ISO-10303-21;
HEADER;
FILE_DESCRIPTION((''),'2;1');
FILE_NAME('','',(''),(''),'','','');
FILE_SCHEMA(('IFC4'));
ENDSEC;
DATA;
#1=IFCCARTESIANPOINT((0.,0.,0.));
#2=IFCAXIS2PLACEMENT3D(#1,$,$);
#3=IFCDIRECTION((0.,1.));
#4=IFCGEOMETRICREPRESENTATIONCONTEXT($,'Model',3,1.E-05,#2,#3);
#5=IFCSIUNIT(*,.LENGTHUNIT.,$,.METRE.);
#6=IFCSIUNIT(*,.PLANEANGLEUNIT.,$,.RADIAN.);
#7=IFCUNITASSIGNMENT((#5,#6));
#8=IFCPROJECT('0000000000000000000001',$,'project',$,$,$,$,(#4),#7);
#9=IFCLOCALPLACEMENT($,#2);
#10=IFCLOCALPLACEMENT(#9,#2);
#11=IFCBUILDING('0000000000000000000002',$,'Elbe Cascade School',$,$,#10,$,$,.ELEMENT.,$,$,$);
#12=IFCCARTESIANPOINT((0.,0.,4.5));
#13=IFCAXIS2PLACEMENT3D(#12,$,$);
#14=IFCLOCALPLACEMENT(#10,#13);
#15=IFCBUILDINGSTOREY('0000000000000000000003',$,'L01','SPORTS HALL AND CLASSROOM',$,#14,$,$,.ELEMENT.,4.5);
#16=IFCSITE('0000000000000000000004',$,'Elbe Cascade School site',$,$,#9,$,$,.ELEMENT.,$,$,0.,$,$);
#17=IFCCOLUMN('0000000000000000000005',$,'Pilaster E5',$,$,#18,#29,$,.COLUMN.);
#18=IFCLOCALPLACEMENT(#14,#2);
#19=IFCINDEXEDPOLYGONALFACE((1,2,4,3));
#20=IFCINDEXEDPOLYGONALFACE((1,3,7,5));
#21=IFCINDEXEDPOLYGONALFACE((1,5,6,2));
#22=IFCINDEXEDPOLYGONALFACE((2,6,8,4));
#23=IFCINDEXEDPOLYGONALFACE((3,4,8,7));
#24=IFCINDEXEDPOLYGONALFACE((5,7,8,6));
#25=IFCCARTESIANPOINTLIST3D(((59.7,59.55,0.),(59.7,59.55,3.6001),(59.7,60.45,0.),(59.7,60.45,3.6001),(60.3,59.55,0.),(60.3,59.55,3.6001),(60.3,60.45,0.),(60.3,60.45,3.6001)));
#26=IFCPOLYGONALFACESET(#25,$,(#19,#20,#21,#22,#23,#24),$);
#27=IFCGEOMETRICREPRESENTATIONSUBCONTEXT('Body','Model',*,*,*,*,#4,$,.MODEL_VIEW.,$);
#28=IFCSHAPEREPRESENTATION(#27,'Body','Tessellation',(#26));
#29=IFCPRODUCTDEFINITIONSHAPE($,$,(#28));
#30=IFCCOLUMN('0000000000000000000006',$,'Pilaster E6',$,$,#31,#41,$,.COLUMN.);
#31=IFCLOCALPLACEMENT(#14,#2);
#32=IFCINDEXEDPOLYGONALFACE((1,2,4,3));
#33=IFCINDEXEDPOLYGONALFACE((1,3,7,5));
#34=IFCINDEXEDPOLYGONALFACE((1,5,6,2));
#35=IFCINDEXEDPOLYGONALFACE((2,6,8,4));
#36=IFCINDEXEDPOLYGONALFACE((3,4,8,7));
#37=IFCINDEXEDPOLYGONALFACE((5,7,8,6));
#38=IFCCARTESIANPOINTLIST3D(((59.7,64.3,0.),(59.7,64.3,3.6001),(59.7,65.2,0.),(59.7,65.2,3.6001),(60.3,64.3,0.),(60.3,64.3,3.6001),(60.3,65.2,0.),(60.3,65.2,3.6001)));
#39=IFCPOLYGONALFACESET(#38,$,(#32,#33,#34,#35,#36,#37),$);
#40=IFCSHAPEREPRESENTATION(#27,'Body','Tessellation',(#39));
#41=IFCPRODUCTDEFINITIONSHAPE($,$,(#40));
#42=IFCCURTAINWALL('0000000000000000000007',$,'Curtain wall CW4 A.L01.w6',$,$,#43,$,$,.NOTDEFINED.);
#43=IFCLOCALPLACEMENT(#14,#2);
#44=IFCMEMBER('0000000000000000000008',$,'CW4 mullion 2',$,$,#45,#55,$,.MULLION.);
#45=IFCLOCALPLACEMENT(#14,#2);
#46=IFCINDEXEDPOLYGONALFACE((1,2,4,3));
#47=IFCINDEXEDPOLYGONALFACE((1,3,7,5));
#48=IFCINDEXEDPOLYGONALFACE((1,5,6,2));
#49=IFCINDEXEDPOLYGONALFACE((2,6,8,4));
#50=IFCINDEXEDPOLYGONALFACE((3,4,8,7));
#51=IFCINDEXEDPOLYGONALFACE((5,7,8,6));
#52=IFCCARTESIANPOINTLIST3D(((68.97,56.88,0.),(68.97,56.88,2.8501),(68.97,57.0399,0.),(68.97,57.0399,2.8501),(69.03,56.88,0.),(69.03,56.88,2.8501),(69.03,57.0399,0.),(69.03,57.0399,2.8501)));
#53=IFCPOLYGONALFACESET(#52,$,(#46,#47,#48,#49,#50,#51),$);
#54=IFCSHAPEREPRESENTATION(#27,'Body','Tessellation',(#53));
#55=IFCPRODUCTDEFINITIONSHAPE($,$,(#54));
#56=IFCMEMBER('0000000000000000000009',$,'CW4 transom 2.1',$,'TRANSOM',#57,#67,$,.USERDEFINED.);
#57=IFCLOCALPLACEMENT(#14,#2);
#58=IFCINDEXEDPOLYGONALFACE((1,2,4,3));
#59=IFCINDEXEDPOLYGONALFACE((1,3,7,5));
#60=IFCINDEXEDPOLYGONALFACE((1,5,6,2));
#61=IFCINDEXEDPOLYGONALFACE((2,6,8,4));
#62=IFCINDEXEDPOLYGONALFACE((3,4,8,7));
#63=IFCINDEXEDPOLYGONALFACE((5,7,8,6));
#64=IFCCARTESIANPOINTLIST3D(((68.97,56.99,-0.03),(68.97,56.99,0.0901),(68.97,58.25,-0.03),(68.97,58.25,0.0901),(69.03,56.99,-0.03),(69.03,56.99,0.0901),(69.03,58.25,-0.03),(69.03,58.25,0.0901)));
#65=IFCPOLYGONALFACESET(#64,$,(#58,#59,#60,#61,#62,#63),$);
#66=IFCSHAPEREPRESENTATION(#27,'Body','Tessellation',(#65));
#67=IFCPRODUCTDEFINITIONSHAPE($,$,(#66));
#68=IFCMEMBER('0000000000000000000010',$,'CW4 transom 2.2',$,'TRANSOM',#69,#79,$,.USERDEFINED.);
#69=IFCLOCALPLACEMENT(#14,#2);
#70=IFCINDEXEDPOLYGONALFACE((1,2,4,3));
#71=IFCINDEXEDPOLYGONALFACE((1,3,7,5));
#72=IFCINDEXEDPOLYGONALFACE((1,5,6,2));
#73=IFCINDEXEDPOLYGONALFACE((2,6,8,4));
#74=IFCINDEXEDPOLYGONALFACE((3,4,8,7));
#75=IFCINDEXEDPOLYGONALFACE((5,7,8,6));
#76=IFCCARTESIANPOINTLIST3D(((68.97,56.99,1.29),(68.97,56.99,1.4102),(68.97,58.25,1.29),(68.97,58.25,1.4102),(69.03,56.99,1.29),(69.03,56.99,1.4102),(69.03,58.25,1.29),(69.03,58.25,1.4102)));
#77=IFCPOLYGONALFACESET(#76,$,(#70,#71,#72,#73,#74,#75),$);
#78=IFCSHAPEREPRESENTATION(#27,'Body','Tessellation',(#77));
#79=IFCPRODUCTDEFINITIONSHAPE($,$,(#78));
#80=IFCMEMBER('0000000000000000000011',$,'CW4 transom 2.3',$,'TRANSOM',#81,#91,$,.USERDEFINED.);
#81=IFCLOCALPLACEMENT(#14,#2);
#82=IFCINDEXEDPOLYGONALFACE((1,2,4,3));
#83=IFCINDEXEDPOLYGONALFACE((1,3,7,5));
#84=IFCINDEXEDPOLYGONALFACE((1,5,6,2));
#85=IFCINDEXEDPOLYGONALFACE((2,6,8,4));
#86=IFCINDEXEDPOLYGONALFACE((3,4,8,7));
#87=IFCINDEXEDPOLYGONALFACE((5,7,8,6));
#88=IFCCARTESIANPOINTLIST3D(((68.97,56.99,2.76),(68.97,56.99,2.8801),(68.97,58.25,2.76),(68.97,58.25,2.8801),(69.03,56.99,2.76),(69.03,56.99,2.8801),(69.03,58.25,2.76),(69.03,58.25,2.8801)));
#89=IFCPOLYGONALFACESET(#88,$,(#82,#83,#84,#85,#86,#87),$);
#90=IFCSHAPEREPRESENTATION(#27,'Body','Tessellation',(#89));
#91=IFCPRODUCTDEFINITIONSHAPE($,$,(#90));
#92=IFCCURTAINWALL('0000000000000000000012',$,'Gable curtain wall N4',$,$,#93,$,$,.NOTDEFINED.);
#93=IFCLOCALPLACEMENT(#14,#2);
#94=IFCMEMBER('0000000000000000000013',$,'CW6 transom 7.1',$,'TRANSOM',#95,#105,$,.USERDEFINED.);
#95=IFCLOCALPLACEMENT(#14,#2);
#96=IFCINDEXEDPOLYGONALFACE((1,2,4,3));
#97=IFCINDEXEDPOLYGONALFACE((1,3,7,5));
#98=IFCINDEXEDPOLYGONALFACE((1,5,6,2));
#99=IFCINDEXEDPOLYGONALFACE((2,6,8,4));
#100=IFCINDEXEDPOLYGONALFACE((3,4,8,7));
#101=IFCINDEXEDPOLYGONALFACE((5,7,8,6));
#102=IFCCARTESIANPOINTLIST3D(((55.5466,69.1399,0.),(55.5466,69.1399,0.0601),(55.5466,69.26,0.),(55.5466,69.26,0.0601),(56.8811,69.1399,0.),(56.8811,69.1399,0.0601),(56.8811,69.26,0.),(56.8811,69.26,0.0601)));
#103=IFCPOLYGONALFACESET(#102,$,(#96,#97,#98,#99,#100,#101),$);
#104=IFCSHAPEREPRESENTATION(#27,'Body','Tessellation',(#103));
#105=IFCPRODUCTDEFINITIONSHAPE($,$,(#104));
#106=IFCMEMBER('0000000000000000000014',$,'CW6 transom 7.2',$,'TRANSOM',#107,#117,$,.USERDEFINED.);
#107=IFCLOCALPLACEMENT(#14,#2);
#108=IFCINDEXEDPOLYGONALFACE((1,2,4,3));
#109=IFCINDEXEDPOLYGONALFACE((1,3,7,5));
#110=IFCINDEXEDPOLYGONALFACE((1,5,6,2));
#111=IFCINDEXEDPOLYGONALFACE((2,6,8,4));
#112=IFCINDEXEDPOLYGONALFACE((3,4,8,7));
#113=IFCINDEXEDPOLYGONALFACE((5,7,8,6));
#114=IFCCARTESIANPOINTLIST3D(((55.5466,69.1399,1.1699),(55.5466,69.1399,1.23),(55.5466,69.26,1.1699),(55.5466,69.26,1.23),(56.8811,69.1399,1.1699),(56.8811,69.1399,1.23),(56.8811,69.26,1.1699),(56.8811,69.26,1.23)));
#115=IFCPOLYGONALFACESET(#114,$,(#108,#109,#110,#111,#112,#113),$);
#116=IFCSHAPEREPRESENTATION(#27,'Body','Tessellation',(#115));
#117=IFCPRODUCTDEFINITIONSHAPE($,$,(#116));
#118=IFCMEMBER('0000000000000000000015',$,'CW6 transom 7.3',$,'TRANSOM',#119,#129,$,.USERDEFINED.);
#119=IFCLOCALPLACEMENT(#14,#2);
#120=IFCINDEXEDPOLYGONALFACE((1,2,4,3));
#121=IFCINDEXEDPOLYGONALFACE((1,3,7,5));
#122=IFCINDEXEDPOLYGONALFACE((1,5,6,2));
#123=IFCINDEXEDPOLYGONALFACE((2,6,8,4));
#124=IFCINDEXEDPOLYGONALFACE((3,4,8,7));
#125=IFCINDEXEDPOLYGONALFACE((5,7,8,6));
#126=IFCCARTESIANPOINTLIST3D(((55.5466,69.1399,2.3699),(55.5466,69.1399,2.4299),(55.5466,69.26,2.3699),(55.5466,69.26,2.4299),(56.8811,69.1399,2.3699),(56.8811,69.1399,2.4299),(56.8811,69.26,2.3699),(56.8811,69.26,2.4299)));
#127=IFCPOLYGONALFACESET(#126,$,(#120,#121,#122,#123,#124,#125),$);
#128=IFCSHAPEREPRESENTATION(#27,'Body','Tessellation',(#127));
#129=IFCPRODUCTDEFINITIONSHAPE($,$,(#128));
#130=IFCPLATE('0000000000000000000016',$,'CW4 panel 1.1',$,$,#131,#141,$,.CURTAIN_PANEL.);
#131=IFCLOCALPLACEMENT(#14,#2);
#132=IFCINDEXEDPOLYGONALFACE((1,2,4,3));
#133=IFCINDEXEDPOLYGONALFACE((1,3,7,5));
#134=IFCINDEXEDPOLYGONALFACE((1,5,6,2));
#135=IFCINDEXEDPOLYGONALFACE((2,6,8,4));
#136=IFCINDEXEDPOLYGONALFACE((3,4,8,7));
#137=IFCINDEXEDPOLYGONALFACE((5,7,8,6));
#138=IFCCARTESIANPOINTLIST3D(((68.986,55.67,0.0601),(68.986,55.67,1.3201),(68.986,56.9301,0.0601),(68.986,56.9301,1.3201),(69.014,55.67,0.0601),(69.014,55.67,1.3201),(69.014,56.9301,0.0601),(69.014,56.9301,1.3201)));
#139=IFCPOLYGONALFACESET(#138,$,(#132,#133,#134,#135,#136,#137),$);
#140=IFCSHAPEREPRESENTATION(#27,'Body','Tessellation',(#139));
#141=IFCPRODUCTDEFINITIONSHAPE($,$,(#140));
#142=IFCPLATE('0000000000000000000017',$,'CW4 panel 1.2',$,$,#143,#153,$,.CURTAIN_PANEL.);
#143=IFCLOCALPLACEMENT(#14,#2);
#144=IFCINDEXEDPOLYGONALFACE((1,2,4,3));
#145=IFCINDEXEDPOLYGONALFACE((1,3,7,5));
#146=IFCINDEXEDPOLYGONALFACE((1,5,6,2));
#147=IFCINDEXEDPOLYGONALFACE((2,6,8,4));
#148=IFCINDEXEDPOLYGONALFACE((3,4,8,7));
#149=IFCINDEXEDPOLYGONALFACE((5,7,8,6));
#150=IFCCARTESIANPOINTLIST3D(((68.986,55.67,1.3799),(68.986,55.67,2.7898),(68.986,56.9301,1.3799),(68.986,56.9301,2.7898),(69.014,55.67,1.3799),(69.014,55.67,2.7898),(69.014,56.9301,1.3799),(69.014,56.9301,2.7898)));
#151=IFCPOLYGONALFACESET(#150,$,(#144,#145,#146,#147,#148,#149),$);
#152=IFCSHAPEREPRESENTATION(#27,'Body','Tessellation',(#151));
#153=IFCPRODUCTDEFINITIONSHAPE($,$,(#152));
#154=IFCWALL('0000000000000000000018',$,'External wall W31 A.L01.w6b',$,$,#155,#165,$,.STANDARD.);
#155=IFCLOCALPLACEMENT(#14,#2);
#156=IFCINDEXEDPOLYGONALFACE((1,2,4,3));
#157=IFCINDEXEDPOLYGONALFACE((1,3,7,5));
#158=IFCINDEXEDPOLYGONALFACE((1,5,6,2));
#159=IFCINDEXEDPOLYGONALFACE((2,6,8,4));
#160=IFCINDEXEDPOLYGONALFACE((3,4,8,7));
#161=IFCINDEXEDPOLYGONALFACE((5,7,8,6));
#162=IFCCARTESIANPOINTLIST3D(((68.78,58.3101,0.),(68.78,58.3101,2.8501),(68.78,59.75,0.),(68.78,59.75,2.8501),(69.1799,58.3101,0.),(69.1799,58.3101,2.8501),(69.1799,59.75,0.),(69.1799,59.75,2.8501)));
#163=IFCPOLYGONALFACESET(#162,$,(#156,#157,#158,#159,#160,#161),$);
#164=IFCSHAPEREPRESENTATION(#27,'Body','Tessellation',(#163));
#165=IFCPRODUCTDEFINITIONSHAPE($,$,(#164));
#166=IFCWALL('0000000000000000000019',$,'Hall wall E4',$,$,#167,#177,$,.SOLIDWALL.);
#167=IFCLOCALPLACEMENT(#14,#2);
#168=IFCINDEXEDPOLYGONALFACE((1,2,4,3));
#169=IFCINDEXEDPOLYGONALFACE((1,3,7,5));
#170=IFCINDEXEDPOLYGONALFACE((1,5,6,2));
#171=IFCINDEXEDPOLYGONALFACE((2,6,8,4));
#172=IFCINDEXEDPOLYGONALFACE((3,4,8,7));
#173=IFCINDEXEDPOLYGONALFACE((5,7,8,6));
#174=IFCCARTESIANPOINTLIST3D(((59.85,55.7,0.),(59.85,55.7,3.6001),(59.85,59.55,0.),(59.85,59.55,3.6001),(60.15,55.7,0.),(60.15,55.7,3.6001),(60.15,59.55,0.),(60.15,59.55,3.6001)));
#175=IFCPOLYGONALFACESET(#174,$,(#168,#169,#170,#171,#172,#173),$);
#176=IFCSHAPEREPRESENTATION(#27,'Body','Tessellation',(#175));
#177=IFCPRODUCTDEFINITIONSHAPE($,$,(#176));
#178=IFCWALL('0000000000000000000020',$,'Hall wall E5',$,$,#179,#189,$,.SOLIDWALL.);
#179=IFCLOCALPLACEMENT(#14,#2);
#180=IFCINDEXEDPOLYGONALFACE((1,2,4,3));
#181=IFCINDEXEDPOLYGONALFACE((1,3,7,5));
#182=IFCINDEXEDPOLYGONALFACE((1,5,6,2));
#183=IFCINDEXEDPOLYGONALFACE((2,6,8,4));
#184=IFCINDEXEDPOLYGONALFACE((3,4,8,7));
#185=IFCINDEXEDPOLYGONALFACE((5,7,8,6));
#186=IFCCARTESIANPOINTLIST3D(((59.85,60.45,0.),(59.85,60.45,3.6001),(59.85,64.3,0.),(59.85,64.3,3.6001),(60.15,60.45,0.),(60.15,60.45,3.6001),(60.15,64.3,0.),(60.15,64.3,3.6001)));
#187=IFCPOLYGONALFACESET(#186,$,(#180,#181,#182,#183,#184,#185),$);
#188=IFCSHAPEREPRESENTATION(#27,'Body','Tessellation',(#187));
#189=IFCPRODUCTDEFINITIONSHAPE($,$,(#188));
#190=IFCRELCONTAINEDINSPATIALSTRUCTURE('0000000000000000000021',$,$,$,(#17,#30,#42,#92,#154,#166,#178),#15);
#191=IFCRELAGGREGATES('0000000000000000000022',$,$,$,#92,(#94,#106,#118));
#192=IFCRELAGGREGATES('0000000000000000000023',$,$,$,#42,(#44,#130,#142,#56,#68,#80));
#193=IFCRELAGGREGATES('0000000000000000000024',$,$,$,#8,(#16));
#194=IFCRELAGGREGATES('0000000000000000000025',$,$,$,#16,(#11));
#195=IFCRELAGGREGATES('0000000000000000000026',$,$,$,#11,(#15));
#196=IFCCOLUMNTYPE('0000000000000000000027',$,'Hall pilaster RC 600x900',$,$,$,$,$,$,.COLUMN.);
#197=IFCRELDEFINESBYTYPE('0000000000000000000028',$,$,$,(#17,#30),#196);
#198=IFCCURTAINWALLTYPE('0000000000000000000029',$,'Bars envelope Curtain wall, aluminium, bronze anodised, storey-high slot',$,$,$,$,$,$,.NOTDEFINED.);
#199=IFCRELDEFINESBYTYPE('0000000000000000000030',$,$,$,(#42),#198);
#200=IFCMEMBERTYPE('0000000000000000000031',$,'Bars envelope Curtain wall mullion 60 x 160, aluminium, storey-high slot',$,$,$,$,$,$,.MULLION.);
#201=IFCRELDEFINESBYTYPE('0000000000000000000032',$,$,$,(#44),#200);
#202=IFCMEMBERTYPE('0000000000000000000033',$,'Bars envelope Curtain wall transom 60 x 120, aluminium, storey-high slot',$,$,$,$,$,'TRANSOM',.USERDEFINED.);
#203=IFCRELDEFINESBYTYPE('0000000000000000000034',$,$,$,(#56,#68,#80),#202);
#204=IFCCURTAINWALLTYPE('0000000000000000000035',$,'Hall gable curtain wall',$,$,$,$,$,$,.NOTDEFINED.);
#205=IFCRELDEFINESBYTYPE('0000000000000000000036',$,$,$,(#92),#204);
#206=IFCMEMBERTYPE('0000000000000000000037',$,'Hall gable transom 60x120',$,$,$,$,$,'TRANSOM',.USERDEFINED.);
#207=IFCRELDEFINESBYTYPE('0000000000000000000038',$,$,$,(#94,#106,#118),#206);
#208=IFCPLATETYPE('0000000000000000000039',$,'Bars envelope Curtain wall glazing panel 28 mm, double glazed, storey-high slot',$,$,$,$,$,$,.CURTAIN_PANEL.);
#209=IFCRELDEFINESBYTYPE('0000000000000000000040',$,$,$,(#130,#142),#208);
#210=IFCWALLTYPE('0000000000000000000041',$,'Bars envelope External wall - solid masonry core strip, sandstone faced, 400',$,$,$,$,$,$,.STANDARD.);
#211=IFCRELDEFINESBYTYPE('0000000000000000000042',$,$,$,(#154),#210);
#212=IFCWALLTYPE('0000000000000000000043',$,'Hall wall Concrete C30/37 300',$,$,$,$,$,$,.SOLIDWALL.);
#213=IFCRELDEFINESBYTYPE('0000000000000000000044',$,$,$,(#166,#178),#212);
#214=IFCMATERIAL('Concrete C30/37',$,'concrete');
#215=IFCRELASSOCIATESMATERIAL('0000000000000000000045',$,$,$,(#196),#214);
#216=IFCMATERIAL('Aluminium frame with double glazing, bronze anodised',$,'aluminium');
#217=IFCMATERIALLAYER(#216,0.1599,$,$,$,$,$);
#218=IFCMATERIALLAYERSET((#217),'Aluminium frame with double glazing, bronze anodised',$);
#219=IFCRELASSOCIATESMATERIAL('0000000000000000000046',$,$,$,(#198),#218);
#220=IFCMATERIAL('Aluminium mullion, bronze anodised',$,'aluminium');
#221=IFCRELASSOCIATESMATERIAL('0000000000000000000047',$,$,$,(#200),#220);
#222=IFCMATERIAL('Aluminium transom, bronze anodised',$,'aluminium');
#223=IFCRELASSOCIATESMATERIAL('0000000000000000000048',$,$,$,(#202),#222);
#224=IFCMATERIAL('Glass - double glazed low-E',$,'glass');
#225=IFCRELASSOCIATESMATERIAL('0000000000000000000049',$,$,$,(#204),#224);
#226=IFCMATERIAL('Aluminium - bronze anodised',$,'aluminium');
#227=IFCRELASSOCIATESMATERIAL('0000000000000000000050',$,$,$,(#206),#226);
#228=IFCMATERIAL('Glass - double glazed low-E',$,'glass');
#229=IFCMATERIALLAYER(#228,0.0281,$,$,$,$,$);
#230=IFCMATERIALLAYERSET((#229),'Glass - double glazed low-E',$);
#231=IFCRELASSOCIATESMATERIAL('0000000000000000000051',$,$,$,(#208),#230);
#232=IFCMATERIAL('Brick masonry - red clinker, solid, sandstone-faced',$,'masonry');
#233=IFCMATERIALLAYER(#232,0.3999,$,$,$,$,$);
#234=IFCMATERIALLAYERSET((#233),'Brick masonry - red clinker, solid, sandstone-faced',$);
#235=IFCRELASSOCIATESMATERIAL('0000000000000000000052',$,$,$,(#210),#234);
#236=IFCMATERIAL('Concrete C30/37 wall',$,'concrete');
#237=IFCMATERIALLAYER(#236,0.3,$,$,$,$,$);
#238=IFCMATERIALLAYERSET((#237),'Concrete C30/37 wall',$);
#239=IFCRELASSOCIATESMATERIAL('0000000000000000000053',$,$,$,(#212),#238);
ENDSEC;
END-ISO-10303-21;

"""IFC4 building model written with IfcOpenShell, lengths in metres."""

from ifc_helpers import new_model, si_unit, direction, frame, frame_2d, origin, origin_2d, place, context, subcontext, project, spatial, rectangle, extrude, material, layer, layer_set, material_profile, profile_set, type_object, element, aggregate, save


model = new_model("IFC4")

# Units and contexts
model_context = context("Model", 3, precision=1e-05, world=origin(), true_north=direction((0.0, 1.0)))
body_context = subcontext(model_context, "Body", "Model", "MODEL_VIEW")
ifc_project = project(units=[si_unit("LENGTHUNIT", "METRE"), si_unit("PLANEANGLEUNIT", "RADIAN")], contexts=[model_context])

# Site, building, storey
site_placement = place(None, origin())
site = spatial("IfcSite", under=ifc_project, at=site_placement, Name="Elbe Cascade School site", CompositionType="ELEMENT", RefElevation=0.0)
building_placement = place(site_placement, origin())
building = spatial("IfcBuilding", under=site, at=building_placement, Name="Elbe Cascade School", CompositionType="ELEMENT")
storey_placement = place(building_placement, frame((0.0, 0.0, 4.5)))
storey = spatial("IfcBuildingStorey", under=building, at=storey_placement, Name="L01", Description="SPORTS HALL AND CLASSROOM", CompositionType="ELEMENT", Elevation=4.5)

# Columns
ifc_material_1 = material(Name="Concrete C30/37", Category="concrete")
ifc_material_profile_1 = material_profile(ifc_material_1, rectangle(XDim=0.6001, YDim=0.8999, at=origin_2d()), Name="RC 600x900")
ifc_profile_set_1 = profile_set([ifc_material_profile_1], Name="Concrete C30/37")
column_type = type_object("IfcColumnType", Name="Hall pilaster RC 600x900", PredefinedType="COLUMN", material=ifc_profile_set_1)
for number, where, z_axis, x_axis, name in (
    (1, (60.0, 60.0, 0.0), (0.0, 0.0, 1.0), (1.0, 0.0, 0.0), "Pilaster E5"),
    (2, (60.0, 64.75, 0.0), (0.0, 0.0, 1.0), (1.0, 0.0, 0.0), "Pilaster E6"),
):
    element("IfcColumn", number, at=place(storey_placement, frame(where, z_axis=z_axis, x_axis=x_axis)), inside=storey, type_object=column_type, Name=name, PredefinedType="COLUMN", context=body_context, shape_type="SweptSolid", body=[
        extrude(rectangle(XDim=0.6001, YDim=0.8999, at=origin_2d()), origin(), (0.0, 0.0, 1.0), 3.6001),
    ])

# Curtain walls, members
ifc_material_2 = material(Name="Aluminium frame with double glazing, bronze anodised", Category="aluminium")
ifc_layer_1 = layer(ifc_material_2, 0.1599)
ifc_layer_set_1 = layer_set([ifc_layer_1], Name="Aluminium frame with double glazing, bronze anodised")
curtain_wall_type_1 = type_object("IfcCurtainWallType", Name="Bars envelope Curtain wall, aluminium, bronze anodised, storey-high slot", PredefinedType="NOTDEFINED", material=ifc_layer_set_1)
curtain_wall_1_placement = place(storey_placement, origin())
curtain_wall_1 = element("IfcCurtainWall", 3, at=curtain_wall_1_placement, inside=storey, type_object=curtain_wall_type_1, Name="Curtain wall CW4 A.L01.w6", PredefinedType="NOTDEFINED")
ifc_material_3 = material(Name="Aluminium mullion, bronze anodised", Category="aluminium")
ifc_material_profile_2 = material_profile(ifc_material_3, rectangle(XDim=0.0601, YDim=0.1599, at=origin_2d()), Name="Bars envelope Curtain wall mullion 60 x 160, aluminium, storey-high slot")
ifc_profile_set_2 = profile_set([ifc_material_profile_2], Name="Aluminium mullion, bronze anodised")
member_type_1 = type_object("IfcMemberType", Name="Bars envelope Curtain wall mullion 60 x 160, aluminium, storey-high slot", PredefinedType="MULLION", material=ifc_profile_set_2)
member_1_placement = place(storey_placement, frame((69.0, 56.96, 0.0), z_axis=(0.0, 0.0, 1.0), x_axis=(-1.0, 0.0, 0.0)))
member_1 = element("IfcMember", 4, at=member_1_placement, type_object=member_type_1, Name="CW4 mullion 2", PredefinedType="MULLION", context=body_context, shape_type="SweptSolid", body=[
    extrude(rectangle(XDim=0.0601, YDim=0.1599, at=origin_2d()), origin(), (0.0, 0.0, 1.0), 2.8501),
])
ifc_material_4 = material(Name="Aluminium transom, bronze anodised", Category="aluminium")
ifc_material_profile_3 = material_profile(ifc_material_4, rectangle(XDim=0.0601, YDim=0.1201, at=origin_2d()), Name="Bars envelope Curtain wall transom 60 x 120, aluminium, storey-high slot")
ifc_profile_set_3 = profile_set([ifc_material_profile_3], Name="Aluminium transom, bronze anodised")
member_type_2 = type_object("IfcMemberType", Name="Bars envelope Curtain wall transom 60 x 120, aluminium, storey-high slot", ElementType="TRANSOM", PredefinedType="USERDEFINED", material=ifc_profile_set_3)
member_2_placement = place(storey_placement, frame((69.0, 56.99, 0.03), z_axis=(0.0, 1.0, 0.0), x_axis=(-1.0, 0.0, 0.0)))
member_2 = element("IfcMember", 5, at=member_2_placement, type_object=member_type_2, Name="CW4 transom 2.1", ObjectType="TRANSOM", PredefinedType="USERDEFINED", context=body_context, shape_type="SweptSolid", body=[
    extrude(rectangle(XDim=0.0601, YDim=0.1201, at=origin_2d()), origin(), (0.0, 0.0, 1.0), 1.26),
])
member_3_placement = place(storey_placement, frame((69.0, 56.99, 1.3501), z_axis=(0.0, 1.0, 0.0), x_axis=(-1.0, 0.0, 0.0)))
member_3 = element("IfcMember", 6, at=member_3_placement, type_object=member_type_2, Name="CW4 transom 2.2", ObjectType="TRANSOM", PredefinedType="USERDEFINED", context=body_context, shape_type="SweptSolid", body=[
    extrude(rectangle(XDim=0.0601, YDim=0.1201, at=origin_2d()), origin(), (0.0, 0.0, 1.0), 1.26),
])
member_4_placement = place(storey_placement, frame((69.0, 56.99, 2.8201), z_axis=(0.0, 1.0, 0.0), x_axis=(-1.0, 0.0, 0.0)))
member_4 = element("IfcMember", 7, at=member_4_placement, type_object=member_type_2, Name="CW4 transom 2.3", ObjectType="TRANSOM", PredefinedType="USERDEFINED", context=body_context, shape_type="SweptSolid", body=[
    extrude(rectangle(XDim=0.0601, YDim=0.1201, at=origin_2d()), origin(), (0.0, 0.0, 1.0), 1.26),
])
ifc_material_5 = material(Name="Glass - double glazed low-E", Category="glass")
curtain_wall_type_2 = type_object("IfcCurtainWallType", Name="Hall gable curtain wall", PredefinedType="NOTDEFINED", material=ifc_material_5)
curtain_wall_2_placement = place(storey_placement, origin())
curtain_wall_2 = element("IfcCurtainWall", 8, at=curtain_wall_2_placement, inside=storey, type_object=curtain_wall_type_2, Name="Gable curtain wall N4", PredefinedType="NOTDEFINED")
ifc_material_6 = material(Name="Aluminium - bronze anodised", Category="aluminium")
ifc_material_profile_4 = material_profile(ifc_material_6, rectangle(XDim=0.1201, YDim=0.0601, at=origin_2d()), Name="Alu 60x120")
ifc_profile_set_4 = profile_set([ifc_material_profile_4], Name="Aluminium - bronze anodised")
member_type_3 = type_object("IfcMemberType", Name="Hall gable transom 60x120", ElementType="TRANSOM", PredefinedType="USERDEFINED", material=ifc_profile_set_4)
member_5_placement = place(storey_placement, frame((55.5466, 69.2, 0.03), z_axis=(1.0, 0.0, 0.0), x_axis=(0.0, 1.0, 0.0)))
member_5 = element("IfcMember", 9, at=member_5_placement, type_object=member_type_3, Name="CW6 transom 7.1", ObjectType="TRANSOM", PredefinedType="USERDEFINED", context=body_context, shape_type="SweptSolid", body=[
    extrude(rectangle(XDim=0.1201, YDim=0.0601, at=origin_2d()), origin(), (0.0, 0.0, 1.0), 1.3345),
])
member_6_placement = place(storey_placement, frame((55.5466, 69.2, 1.2), z_axis=(1.0, 0.0, 0.0), x_axis=(0.0, 1.0, 0.0)))
member_6 = element("IfcMember", 10, at=member_6_placement, type_object=member_type_3, Name="CW6 transom 7.2", ObjectType="TRANSOM", PredefinedType="USERDEFINED", context=body_context, shape_type="SweptSolid", body=[
    extrude(rectangle(XDim=0.1201, YDim=0.0601, at=origin_2d()), origin(), (0.0, 0.0, 1.0), 1.3345),
])
member_7_placement = place(storey_placement, frame((55.5466, 69.2, 2.3999), z_axis=(1.0, 0.0, 0.0), x_axis=(0.0, 1.0, 0.0)))
member_7 = element("IfcMember", 11, at=member_7_placement, type_object=member_type_3, Name="CW6 transom 7.3", ObjectType="TRANSOM", PredefinedType="USERDEFINED", context=body_context, shape_type="SweptSolid", body=[
    extrude(rectangle(XDim=0.1201, YDim=0.0601, at=origin_2d()), origin(), (0.0, 0.0, 1.0), 1.3345),
])
aggregate(curtain_wall_2, [member_5, member_6, member_7])

# Plates
ifc_material_7 = material(Name="Glass - double glazed low-E", Category="glass")
ifc_layer_2 = layer(ifc_material_7, 0.0281)
ifc_layer_set_2 = layer_set([ifc_layer_2], Name="Glass - double glazed low-E")
plate_type = type_object("IfcPlateType", Name="Bars envelope Curtain wall glazing panel 28 mm, double glazed, storey-high slot", PredefinedType="CURTAIN_PANEL", material=ifc_layer_set_2)
plate_1_placement = place(storey_placement, frame((69.0, 56.3, 0.0601), z_axis=(0.0, 0.0, 1.0), x_axis=(0.0, 1.0, 0.0)))
plate_1 = element("IfcPlate", 12, at=plate_1_placement, type_object=plate_type, Name="CW4 panel 1.1", PredefinedType="CURTAIN_PANEL", context=body_context, shape_type="SweptSolid", body=[
    extrude(rectangle(XDim=1.26, YDim=0.0281, at=origin_2d()), origin(), (0.0, 0.0, 1.0), 1.26),
])
plate_2_placement = place(storey_placement, frame((69.0, 56.3, 1.3799), z_axis=(0.0, 0.0, 1.0), x_axis=(0.0, 1.0, 0.0)))
plate_2 = element("IfcPlate", 13, at=plate_2_placement, type_object=plate_type, Name="CW4 panel 1.2", PredefinedType="CURTAIN_PANEL", context=body_context, shape_type="SweptSolid", body=[
    extrude(rectangle(XDim=1.26, YDim=0.0281, at=origin_2d()), origin(), (0.0, 0.0, 1.0), 1.4099),
])
aggregate(curtain_wall_1, [member_1, plate_1, plate_2, member_2, member_3, member_4])

# Walls
ifc_material_8 = material(Name="Brick masonry - red clinker, solid, sandstone-faced", Category="masonry")
ifc_layer_3 = layer(ifc_material_8, 0.3999)
ifc_layer_set_3 = layer_set([ifc_layer_3], Name="Brick masonry - red clinker, solid, sandstone-faced")
wall_type_1 = type_object("IfcWallType", Name="Bars envelope External wall - solid masonry core strip, sandstone faced, 400", PredefinedType="STANDARD", material=ifc_layer_set_3)
wall_placement = place(storey_placement, frame((68.98, 58.3101, 0.0), z_axis=(0.0, 0.0, 1.0), x_axis=(0.0, 1.0, 0.0)))
element("IfcWall", 14, at=wall_placement, inside=storey, type_object=wall_type_1, Name="External wall W31 A.L01.w6b", PredefinedType="STANDARD", context=body_context, shape_type="SweptSolid", body=[
    extrude(rectangle(XDim=1.4399, YDim=0.3999, at=frame_2d((0.72, 0.0))), origin(), (0.0, 0.0, 1.0), 2.8501),
])
ifc_material_9 = material(Name="Concrete C30/37 wall", Category="concrete")
ifc_layer_4 = layer(ifc_material_9, 0.3)
ifc_layer_set_4 = layer_set([ifc_layer_4], Name="Concrete C30/37 wall")
wall_type_2 = type_object("IfcWallType", Name="Hall wall Concrete C30/37 300", PredefinedType="SOLIDWALL", material=ifc_layer_set_4)
for number, where, z_axis, x_axis, name in (
    (15, (60.0, 55.7, 0.0), (0.0, 0.0, 1.0), (0.0, 1.0, 0.0), "Hall wall E4"),
    (16, (60.0, 60.45, 0.0), (0.0, 0.0, 1.0), (0.0, 1.0, 0.0), "Hall wall E5"),
):
    element("IfcWall", number, at=place(storey_placement, frame(where, z_axis=z_axis, x_axis=x_axis)), inside=storey, type_object=wall_type_2, Name=name, PredefinedType="SOLIDWALL", context=body_context, shape_type="SweptSolid", body=[
        extrude(rectangle(XDim=3.8501, YDim=0.3, at=frame_2d((1.925, 0.0))), origin(), (0.0, 0.0, 1.0), 3.6001),
    ])

save(model, "model.ifc")
